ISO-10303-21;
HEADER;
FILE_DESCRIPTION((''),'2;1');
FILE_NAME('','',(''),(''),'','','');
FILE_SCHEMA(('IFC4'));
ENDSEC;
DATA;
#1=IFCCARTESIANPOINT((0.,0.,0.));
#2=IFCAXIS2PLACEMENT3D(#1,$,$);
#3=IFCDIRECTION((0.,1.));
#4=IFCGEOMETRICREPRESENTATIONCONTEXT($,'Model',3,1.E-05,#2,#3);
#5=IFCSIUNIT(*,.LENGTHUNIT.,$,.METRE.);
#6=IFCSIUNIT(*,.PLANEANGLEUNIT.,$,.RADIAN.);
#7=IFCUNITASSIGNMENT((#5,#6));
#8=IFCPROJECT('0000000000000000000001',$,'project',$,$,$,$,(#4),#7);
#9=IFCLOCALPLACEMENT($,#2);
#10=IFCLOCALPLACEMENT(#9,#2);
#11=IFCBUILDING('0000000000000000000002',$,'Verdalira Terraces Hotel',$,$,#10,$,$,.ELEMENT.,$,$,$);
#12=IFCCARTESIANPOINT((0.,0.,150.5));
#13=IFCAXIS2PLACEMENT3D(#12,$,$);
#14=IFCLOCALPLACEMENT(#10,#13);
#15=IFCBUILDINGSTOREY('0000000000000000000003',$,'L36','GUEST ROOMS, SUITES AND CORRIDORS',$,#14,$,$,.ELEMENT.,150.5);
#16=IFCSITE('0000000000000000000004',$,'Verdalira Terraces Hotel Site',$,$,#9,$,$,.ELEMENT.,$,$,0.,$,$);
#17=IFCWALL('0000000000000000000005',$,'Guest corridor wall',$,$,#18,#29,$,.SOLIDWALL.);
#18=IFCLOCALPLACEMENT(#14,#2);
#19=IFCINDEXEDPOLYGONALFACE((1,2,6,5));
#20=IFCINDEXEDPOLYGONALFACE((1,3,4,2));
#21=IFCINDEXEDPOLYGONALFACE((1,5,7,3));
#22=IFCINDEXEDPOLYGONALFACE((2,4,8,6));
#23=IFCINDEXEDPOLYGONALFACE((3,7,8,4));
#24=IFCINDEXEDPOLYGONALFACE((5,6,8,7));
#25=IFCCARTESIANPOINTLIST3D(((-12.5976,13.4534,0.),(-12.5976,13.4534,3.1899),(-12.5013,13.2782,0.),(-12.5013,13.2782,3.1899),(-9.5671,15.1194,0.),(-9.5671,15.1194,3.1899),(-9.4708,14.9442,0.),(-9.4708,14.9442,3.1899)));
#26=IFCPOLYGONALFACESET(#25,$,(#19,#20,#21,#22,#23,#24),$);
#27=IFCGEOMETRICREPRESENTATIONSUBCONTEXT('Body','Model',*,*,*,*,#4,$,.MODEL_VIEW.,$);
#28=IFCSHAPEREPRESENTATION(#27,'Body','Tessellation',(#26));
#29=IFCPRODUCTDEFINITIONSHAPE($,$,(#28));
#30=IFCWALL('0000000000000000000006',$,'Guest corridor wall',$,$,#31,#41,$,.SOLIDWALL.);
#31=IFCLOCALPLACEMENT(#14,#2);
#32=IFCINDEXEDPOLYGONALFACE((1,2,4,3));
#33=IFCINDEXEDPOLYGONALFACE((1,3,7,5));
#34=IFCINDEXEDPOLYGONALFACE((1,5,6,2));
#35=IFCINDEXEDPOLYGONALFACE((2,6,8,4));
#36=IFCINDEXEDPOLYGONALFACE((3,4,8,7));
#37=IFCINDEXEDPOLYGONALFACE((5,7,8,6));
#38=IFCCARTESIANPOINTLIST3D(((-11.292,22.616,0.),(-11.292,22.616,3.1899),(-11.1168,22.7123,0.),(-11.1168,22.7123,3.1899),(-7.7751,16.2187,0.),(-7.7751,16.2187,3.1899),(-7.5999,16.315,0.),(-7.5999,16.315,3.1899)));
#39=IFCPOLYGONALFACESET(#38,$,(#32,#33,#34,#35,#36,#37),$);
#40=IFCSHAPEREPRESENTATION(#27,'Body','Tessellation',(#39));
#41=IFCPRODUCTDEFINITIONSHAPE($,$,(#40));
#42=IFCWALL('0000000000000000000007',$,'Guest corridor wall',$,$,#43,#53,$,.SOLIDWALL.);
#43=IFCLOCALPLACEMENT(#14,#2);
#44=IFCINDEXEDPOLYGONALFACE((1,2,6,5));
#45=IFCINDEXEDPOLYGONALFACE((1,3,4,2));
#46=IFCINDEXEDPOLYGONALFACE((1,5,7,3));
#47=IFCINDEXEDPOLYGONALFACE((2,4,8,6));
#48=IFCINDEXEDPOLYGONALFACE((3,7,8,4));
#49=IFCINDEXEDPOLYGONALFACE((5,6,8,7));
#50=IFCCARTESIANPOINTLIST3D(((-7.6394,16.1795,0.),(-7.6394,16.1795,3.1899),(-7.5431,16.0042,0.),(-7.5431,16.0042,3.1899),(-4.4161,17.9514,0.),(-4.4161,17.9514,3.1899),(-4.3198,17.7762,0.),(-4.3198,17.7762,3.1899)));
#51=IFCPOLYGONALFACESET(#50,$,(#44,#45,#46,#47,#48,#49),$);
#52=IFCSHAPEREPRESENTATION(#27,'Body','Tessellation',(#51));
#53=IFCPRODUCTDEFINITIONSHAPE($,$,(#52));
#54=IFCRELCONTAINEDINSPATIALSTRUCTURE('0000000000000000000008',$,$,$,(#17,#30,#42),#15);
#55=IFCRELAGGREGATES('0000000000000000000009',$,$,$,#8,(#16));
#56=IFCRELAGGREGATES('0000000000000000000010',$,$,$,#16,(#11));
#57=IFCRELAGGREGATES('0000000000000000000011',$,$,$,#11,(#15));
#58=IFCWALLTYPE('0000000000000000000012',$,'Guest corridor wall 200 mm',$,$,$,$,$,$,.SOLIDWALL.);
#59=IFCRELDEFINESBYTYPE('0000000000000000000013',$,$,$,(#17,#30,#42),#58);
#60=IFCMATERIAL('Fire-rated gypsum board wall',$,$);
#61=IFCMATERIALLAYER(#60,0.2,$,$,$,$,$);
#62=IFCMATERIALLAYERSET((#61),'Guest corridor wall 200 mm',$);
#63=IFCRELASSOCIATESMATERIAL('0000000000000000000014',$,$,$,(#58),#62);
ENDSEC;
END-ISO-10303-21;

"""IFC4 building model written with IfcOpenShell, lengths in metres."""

from ifc_helpers import new_model, si_unit, direction, frame, frame_2d, origin, place, context, subcontext, project, spatial, rectangle, extrude, material, layer, layer_set, type_object, element, save


model = new_model("IFC4")

# Units and contexts
model_context = context("Model", 3, precision=1e-05, world=origin(), true_north=direction((0.0, 1.0)))
body_context = subcontext(model_context, "Body", "Model", "MODEL_VIEW")
ifc_project = project(units=[si_unit("LENGTHUNIT", "METRE"), si_unit("PLANEANGLEUNIT", "RADIAN")], contexts=[model_context])

# Site, building, storey
site_placement = place(None, origin())
site = spatial("IfcSite", under=ifc_project, at=site_placement, Name="Verdalira Terraces Hotel Site", CompositionType="ELEMENT", RefElevation=0.0)
building_placement = place(site_placement, origin())
building = spatial("IfcBuilding", under=site, at=building_placement, Name="Verdalira Terraces Hotel", CompositionType="ELEMENT")
storey_placement = place(building_placement, frame((0.0, 0.0, 150.5)))
storey = spatial("IfcBuildingStorey", under=building, at=storey_placement, Name="L36", Description="GUEST ROOMS, SUITES AND CORRIDORS", CompositionType="ELEMENT", Elevation=150.5)

# Shared definitions
ifc_material_1 = material(Name="Fire-rated gypsum board wall")
ifc_layer_1 = layer(ifc_material_1, 0.2)
ifc_layer_set_1 = layer_set([ifc_layer_1], Name="Guest corridor wall 200 mm")
wall_type_1 = type_object("IfcWallType", Name="Guest corridor wall 200 mm", PredefinedType="SOLIDWALL", material=ifc_layer_set_1)

# Walls
wall_1_placement = place(storey_placement, frame((-9.519, 15.0317, 0.0), z_axis=(0.0, 0.0, 1.0), x_axis=(-0.87631, -0.481748, 0.0)))
element("IfcWall", 1, at=wall_1_placement, inside=storey, type_object=wall_type_1, Name="Guest corridor wall", PredefinedType="SOLIDWALL", context=body_context, shape_type="SweptSolid", body=[
    extrude(rectangle(XDim=3.4583, YDim=0.2, at=frame_2d((1.729, 0.0))), origin(), (0.0, 0.0, 1.0), 3.1899),
])
wall_2_placement = place(storey_placement, frame((-7.6875, 16.2668, 0.0), z_axis=(0.0, 0.0, 1.0), x_axis=(-0.481748, 0.87631, 0.0)))
element("IfcWall", 2, at=wall_2_placement, inside=storey, type_object=wall_type_1, Name="Guest corridor wall", PredefinedType="SOLIDWALL", context=body_context, shape_type="SweptSolid", body=[
    extrude(rectangle(XDim=7.3003, YDim=0.2, at=frame_2d((3.6501, 0.0))), origin(), (0.0, 0.0, 1.0), 3.1899),
])
wall_3_placement = place(storey_placement, frame((-4.3679, 17.8638, 0.0), z_axis=(0.0, 0.0, 1.0), x_axis=(-0.876318, -0.481733, 0.0)))
element("IfcWall", 3, at=wall_3_placement, inside=storey, type_object=wall_type_1, Name="Guest corridor wall", PredefinedType="SOLIDWALL", context=body_context, shape_type="SweptSolid", body=[
    extrude(rectangle(XDim=3.6782, YDim=0.2, at=frame_2d((1.8391, 0.0))), origin(), (0.0, 0.0, 1.0), 3.1899),
])

save(model, "model.ifc")
